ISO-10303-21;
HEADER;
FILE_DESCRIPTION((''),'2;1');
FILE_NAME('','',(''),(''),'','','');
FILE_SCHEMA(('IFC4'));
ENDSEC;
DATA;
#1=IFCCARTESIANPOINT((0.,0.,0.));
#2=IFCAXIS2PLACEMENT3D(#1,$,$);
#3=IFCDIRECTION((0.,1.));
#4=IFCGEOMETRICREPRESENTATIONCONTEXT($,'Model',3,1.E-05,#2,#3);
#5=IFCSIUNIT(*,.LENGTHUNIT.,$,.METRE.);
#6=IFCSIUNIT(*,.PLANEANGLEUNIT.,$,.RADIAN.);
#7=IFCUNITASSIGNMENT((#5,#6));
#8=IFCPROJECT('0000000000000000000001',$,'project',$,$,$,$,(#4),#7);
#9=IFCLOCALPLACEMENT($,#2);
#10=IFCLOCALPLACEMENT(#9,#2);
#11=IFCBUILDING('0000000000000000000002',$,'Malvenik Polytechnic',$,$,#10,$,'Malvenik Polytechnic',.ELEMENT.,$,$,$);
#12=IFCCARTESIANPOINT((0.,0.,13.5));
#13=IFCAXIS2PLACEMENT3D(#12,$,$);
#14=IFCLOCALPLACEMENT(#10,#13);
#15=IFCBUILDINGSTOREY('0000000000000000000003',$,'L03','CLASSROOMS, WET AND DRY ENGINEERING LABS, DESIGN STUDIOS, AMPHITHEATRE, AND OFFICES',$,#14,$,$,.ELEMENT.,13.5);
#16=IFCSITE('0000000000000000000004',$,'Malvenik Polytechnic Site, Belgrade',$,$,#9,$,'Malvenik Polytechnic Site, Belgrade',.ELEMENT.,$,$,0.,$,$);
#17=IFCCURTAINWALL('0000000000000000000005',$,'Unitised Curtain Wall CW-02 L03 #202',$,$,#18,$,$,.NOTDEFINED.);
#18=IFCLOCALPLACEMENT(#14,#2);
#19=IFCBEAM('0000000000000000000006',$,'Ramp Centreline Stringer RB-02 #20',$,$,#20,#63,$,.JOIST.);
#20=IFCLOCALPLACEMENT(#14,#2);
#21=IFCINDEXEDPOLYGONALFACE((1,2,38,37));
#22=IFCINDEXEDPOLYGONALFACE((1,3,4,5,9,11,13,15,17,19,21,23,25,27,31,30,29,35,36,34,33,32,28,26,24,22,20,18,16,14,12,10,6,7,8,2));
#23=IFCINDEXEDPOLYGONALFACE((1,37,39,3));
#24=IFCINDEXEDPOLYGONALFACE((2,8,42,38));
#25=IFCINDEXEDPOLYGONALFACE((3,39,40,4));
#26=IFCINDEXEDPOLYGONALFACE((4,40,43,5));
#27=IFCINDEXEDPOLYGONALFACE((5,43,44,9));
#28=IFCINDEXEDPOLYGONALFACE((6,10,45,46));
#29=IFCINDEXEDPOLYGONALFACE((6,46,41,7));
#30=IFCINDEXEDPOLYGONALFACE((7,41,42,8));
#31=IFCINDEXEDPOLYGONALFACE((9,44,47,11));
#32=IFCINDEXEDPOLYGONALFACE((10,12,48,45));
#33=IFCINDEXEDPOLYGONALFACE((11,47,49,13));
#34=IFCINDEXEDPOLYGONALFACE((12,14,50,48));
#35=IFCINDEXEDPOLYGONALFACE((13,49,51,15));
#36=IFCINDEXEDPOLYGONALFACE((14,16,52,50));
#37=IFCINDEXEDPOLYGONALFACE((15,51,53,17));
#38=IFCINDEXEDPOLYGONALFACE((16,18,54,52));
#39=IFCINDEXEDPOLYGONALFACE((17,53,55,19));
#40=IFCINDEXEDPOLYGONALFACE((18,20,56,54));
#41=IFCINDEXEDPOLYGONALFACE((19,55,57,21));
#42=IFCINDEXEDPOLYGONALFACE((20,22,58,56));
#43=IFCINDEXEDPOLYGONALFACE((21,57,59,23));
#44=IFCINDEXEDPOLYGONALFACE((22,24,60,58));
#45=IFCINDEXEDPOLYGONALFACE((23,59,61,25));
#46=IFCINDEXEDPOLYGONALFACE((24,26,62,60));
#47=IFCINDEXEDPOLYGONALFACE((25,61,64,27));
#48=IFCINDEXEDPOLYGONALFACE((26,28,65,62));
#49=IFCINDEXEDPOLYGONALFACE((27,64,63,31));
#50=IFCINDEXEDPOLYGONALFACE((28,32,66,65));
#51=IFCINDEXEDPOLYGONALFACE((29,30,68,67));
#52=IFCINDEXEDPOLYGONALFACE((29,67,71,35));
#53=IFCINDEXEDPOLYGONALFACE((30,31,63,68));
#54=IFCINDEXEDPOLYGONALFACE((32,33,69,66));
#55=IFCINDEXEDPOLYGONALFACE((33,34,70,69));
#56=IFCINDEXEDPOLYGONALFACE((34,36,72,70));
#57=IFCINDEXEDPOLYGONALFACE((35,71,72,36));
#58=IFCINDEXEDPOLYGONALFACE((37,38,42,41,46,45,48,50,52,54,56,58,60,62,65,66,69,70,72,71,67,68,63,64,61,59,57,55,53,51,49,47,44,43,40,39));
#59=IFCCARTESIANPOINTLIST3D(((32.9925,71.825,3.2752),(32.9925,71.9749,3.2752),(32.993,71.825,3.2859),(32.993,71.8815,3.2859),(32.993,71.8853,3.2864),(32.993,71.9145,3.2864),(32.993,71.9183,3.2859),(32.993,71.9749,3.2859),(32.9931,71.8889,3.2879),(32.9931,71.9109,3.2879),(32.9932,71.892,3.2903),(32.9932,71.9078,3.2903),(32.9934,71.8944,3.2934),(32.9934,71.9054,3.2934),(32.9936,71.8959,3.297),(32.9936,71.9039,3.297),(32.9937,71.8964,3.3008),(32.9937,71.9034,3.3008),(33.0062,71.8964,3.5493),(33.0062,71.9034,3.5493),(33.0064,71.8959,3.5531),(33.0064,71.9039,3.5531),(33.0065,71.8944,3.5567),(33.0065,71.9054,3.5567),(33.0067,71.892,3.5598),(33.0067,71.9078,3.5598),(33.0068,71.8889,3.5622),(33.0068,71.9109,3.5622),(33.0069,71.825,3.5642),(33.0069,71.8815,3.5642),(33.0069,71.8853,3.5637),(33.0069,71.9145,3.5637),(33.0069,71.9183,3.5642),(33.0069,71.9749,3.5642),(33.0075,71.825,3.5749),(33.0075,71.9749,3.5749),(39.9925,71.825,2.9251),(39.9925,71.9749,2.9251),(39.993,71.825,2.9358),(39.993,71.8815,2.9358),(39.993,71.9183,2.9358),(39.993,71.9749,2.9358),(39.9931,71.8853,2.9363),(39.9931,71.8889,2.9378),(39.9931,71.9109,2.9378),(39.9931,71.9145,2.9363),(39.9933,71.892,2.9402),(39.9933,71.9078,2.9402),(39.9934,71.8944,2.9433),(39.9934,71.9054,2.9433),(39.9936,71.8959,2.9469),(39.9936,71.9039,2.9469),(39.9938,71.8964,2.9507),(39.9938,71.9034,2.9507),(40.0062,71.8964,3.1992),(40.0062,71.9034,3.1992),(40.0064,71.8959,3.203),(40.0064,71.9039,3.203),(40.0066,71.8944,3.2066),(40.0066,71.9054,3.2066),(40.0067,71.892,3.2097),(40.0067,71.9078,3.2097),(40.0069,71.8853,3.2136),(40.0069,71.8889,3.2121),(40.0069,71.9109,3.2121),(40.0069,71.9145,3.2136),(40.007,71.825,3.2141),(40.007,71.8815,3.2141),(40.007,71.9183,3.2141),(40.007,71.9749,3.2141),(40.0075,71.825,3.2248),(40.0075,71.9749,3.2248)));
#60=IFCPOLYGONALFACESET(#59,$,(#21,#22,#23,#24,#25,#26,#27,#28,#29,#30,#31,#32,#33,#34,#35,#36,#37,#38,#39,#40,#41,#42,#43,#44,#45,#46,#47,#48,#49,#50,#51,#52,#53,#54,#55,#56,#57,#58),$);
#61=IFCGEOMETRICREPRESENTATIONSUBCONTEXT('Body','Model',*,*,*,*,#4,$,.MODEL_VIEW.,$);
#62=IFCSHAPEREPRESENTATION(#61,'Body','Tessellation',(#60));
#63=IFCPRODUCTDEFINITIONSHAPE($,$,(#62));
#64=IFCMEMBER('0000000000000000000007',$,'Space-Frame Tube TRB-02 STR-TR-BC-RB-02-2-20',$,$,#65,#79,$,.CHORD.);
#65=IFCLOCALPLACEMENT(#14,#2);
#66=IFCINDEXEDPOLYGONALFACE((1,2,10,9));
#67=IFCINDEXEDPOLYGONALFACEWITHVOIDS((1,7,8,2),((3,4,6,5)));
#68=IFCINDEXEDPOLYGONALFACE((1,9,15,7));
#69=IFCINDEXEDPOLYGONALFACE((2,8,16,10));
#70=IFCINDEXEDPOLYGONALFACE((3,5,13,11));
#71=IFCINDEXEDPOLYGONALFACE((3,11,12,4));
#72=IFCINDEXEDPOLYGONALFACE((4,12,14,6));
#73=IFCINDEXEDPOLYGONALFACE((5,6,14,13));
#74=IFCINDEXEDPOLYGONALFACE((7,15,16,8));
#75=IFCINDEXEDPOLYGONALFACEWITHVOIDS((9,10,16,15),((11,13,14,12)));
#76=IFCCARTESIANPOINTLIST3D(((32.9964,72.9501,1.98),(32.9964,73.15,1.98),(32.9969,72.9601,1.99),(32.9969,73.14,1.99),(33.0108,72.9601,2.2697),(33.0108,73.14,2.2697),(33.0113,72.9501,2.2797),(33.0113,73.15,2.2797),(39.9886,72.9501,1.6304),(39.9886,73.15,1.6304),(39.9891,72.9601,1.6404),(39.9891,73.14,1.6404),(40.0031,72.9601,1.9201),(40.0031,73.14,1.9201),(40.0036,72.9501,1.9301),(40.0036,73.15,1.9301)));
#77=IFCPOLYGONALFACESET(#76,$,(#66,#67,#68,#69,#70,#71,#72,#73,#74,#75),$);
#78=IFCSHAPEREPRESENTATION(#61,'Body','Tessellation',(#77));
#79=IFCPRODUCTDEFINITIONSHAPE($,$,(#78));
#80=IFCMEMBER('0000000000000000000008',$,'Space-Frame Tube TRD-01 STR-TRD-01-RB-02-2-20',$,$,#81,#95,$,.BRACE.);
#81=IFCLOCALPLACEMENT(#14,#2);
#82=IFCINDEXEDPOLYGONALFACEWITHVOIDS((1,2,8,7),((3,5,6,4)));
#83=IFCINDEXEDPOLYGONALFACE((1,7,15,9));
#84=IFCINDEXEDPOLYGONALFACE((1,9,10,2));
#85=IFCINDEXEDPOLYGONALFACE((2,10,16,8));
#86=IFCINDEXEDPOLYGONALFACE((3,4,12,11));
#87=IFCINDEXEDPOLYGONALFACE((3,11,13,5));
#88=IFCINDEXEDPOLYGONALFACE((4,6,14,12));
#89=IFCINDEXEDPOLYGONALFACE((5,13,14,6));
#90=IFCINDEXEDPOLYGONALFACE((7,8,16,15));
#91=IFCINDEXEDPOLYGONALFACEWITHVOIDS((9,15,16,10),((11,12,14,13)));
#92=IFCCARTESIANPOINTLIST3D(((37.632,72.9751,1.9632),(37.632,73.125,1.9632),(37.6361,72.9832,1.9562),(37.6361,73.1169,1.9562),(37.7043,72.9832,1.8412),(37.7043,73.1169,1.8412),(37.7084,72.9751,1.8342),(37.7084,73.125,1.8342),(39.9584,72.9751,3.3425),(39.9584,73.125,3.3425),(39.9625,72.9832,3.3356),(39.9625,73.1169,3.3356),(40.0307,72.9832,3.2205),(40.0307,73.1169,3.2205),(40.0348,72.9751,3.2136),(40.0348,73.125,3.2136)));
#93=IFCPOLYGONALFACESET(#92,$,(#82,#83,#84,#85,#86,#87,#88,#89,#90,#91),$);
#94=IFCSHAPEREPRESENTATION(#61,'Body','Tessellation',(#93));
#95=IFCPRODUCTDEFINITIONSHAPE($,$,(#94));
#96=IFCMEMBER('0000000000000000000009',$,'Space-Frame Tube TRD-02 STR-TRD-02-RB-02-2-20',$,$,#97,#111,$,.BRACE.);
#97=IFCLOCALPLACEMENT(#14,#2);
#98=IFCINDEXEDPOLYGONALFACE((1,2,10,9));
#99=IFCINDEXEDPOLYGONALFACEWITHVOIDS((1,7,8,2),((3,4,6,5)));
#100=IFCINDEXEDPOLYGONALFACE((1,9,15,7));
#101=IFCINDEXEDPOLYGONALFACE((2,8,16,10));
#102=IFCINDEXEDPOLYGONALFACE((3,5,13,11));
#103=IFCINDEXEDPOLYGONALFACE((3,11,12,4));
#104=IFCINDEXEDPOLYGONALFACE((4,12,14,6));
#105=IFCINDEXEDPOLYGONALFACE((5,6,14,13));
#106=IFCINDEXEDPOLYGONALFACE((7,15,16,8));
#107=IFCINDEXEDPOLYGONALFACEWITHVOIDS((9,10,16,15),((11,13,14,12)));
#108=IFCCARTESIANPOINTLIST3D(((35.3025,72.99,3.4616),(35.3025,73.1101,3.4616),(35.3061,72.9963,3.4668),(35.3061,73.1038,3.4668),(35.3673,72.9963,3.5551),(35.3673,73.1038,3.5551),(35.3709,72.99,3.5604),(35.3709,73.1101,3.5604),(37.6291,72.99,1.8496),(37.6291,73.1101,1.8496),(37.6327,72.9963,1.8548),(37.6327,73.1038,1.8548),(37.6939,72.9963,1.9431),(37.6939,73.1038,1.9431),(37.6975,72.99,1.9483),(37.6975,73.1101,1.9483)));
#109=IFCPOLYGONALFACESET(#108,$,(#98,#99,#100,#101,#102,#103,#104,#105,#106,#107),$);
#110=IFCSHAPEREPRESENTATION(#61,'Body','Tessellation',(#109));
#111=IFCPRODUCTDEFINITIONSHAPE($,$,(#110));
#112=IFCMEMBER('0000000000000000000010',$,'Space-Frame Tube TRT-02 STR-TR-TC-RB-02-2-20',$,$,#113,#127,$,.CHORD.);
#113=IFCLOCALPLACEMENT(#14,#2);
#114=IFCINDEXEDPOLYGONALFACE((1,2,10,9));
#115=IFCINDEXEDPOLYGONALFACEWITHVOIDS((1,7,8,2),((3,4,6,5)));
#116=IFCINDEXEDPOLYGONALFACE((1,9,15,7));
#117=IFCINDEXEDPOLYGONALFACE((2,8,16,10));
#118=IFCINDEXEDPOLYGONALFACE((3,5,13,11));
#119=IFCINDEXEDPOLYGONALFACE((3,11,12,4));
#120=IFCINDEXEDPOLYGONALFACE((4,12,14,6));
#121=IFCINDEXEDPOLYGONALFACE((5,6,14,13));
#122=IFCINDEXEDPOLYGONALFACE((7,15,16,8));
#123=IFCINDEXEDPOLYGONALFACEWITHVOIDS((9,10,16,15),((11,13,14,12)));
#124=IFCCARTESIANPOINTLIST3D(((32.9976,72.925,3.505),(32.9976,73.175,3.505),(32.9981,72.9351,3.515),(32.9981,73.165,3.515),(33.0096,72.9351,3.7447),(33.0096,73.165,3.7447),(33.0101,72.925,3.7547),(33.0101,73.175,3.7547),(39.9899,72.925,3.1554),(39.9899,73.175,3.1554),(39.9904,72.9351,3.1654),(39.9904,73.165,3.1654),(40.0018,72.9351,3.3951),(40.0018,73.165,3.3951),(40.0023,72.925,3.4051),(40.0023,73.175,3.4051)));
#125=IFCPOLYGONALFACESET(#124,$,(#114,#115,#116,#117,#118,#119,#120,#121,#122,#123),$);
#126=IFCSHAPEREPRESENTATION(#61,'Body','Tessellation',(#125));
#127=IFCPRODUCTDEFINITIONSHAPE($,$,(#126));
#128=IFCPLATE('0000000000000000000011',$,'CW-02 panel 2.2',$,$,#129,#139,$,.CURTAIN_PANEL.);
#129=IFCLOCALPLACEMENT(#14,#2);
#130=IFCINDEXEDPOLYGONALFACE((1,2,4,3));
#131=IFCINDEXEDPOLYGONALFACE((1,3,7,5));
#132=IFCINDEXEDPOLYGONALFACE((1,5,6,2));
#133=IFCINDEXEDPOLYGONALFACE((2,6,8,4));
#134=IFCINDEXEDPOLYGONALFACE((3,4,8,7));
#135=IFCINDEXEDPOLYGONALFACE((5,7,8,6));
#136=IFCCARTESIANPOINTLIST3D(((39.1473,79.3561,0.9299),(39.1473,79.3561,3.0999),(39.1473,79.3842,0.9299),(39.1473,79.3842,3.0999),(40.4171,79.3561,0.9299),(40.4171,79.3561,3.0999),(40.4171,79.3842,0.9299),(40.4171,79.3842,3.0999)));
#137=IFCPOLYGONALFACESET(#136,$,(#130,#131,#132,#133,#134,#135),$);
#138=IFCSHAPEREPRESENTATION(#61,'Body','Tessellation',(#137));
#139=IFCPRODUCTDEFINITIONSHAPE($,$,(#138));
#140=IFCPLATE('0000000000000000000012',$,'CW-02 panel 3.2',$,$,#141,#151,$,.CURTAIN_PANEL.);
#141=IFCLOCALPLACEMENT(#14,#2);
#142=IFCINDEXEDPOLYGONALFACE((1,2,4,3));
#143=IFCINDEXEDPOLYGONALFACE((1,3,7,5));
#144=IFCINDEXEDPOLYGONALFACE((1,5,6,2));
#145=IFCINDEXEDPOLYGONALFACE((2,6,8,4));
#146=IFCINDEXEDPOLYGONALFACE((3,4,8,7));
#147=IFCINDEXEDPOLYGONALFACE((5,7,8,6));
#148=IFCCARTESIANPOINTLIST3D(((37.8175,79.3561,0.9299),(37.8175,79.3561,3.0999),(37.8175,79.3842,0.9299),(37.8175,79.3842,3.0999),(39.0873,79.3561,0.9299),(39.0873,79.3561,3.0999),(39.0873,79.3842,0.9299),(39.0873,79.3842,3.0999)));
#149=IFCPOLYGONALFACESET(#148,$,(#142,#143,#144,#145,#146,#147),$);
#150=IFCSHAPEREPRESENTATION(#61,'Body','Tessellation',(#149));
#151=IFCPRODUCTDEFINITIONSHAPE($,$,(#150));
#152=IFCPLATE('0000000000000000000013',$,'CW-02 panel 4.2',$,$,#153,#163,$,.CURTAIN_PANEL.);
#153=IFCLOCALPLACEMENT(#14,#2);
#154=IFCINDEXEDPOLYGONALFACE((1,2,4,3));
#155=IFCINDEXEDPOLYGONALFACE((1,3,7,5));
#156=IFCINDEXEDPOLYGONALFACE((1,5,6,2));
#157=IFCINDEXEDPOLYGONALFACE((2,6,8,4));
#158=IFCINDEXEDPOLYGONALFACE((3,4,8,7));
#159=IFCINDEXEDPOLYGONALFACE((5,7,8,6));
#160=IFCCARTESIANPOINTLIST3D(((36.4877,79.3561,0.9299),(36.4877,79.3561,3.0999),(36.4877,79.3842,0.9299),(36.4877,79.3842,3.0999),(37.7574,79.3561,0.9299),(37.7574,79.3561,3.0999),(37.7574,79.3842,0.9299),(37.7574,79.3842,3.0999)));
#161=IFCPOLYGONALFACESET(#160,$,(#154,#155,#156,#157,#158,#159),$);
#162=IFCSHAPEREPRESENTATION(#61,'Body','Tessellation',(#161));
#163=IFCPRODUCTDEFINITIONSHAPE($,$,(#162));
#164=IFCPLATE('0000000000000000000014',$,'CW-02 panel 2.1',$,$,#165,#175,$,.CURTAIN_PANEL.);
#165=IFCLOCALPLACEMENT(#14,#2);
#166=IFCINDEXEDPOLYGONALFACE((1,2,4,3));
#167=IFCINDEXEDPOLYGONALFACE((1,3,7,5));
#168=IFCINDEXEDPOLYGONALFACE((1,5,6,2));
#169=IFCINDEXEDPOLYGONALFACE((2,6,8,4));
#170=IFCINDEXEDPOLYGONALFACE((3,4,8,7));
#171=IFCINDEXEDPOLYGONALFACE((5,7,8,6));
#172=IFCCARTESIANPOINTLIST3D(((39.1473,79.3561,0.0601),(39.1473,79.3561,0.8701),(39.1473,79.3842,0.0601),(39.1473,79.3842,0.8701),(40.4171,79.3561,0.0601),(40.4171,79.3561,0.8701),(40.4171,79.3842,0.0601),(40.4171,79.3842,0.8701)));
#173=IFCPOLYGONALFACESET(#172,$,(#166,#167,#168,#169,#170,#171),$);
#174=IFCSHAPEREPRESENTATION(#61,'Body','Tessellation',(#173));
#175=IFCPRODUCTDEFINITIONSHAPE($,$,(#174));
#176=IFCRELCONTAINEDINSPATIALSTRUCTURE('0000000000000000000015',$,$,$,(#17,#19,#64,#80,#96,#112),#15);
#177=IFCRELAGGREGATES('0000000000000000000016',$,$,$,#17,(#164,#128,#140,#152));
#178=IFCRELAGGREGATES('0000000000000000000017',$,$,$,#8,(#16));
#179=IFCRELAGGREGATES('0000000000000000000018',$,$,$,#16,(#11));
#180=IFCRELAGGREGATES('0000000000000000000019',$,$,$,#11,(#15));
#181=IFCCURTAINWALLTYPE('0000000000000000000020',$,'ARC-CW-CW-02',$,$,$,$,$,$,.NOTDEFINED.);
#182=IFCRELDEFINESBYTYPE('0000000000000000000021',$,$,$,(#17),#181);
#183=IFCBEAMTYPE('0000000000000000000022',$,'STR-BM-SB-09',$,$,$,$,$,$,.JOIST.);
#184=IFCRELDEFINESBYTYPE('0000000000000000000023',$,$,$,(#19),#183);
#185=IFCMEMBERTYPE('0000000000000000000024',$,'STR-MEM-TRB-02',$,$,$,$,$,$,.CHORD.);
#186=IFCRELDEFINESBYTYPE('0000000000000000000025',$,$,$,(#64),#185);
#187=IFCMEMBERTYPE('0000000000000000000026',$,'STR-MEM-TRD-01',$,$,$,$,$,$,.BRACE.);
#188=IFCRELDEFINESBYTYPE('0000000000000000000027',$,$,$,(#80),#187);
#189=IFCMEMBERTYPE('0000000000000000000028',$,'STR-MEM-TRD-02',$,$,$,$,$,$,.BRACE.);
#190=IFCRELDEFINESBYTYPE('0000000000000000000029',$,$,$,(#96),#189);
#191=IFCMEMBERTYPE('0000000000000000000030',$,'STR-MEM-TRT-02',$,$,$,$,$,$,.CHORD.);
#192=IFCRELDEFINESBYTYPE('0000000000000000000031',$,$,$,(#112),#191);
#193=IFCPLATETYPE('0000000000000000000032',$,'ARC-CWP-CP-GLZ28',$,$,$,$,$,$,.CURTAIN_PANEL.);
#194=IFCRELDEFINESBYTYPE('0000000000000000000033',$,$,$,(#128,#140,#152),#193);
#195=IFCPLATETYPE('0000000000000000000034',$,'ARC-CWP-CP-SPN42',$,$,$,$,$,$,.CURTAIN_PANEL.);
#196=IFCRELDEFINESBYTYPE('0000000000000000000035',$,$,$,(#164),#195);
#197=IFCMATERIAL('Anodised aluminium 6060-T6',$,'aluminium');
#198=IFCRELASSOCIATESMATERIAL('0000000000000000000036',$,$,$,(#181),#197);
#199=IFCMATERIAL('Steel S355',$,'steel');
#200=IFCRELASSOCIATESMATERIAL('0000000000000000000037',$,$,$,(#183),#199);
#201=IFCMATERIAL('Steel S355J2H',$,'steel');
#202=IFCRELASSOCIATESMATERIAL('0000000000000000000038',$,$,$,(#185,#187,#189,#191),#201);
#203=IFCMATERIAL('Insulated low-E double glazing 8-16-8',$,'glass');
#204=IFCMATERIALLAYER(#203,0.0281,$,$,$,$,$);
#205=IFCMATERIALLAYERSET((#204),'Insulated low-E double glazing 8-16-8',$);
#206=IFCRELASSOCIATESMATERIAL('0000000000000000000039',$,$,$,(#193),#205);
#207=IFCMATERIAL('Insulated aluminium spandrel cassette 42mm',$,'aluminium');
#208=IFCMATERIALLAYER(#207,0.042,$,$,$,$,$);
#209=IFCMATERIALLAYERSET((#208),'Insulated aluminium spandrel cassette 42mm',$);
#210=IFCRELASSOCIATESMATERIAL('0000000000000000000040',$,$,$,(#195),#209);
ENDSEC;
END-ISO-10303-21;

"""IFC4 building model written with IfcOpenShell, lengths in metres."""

from ifc_helpers import new_model, si_unit, direction, frame, origin, origin_2d, place, context, subcontext, project, spatial, rectangle, hollow_rectangle, i_section, extrude, material, layer, layer_set, material_profile, profile_set, type_object, element, aggregate, save


model = new_model("IFC4")

# Units and contexts
model_context = context("Model", 3, precision=1e-05, world=origin(), true_north=direction((0.0, 1.0)))
body_context = subcontext(model_context, "Body", "Model", "MODEL_VIEW")
ifc_project = project(units=[si_unit("LENGTHUNIT", "METRE"), si_unit("PLANEANGLEUNIT", "RADIAN")], contexts=[model_context])

# Site, building, storey
site_placement = place(None, origin())
site = spatial("IfcSite", under=ifc_project, at=site_placement, Name="Malvenik Polytechnic Site, Belgrade", LongName="Malvenik Polytechnic Site, Belgrade", CompositionType="ELEMENT", RefElevation=0.0)
building_placement = place(site_placement, origin())
building = spatial("IfcBuilding", under=site, at=building_placement, Name="Malvenik Polytechnic", LongName="Malvenik Polytechnic", CompositionType="ELEMENT")
storey_placement = place(building_placement, frame((0.0, 0.0, 13.5)))
storey = spatial("IfcBuildingStorey", under=building, at=storey_placement, Name="L03", Description="CLASSROOMS, WET AND DRY ENGINEERING LABS, DESIGN STUDIOS, AMPHITHEATRE, AND OFFICES", CompositionType="ELEMENT", Elevation=13.5)

# Curtain wall
ifc_material_1 = material(Name="Anodised aluminium 6060-T6", Category="aluminium")
curtain_wall_type = type_object("IfcCurtainWallType", Name="ARC-CW-CW-02", PredefinedType="NOTDEFINED", material=ifc_material_1)
curtain_wall_placement = place(storey_placement, origin())
curtain_wall = element("IfcCurtainWall", 1, at=curtain_wall_placement, inside=storey, type_object=curtain_wall_type, Name="Unitised Curtain Wall CW-02 L03 #202", PredefinedType="NOTDEFINED")

# Beam
ifc_material_2 = material(Name="Steel S355", Category="steel")
ifc_material_profile_1 = material_profile(ifc_material_2, i_section(OverallWidth=0.1499, OverallDepth=0.3, WebThickness=0.0071, FlangeThickness=0.0107, FilletRadius=0.0149, at=origin_2d()), Name="IPE 300")
ifc_profile_set_1 = profile_set([ifc_material_profile_1], Name="Steel S355")
beam_type_1 = type_object("IfcBeamType", Name="STR-BM-SB-09", PredefinedType="JOIST", material=ifc_profile_set_1)
beam_1_placement = place(storey_placement, frame((40.0, 71.8999, 3.075), z_axis=(-0.998752, 0.0, 0.049952), x_axis=(0.0, -1.0, 0.0)))
element("IfcBeam", 2, at=beam_1_placement, inside=storey, type_object=beam_type_1, Name="Ramp Centreline Stringer RB-02 #20", PredefinedType="JOIST", context=body_context, shape_type="SweptSolid", body=[
    extrude(i_section(OverallWidth=0.1499, OverallDepth=0.3, WebThickness=0.0071, FlangeThickness=0.0107, FilletRadius=0.0149, at=origin_2d()), origin(), (0.0, 0.0, 1.0), 7.0088),
])

# Members
ifc_material_3 = material(Name="Steel S355J2H", Category="steel")
ifc_material_profile_2 = material_profile(ifc_material_3, hollow_rectangle(XDim=0.2, YDim=0.3, WallThickness=0.01, at=origin_2d()), Name="RHS 300x200x10.0")
ifc_profile_set_2 = profile_set([ifc_material_profile_2], Name="Steel S355J2H")
member_type_1 = type_object("IfcMemberType", Name="STR-MEM-TRB-02", PredefinedType="CHORD", material=ifc_profile_set_2)
member_1_placement = place(storey_placement, frame((39.9961, 73.05, 1.7803), z_axis=(-0.998752, 0.0, 0.049938), x_axis=(0.0, -1.0, 0.0)))
element("IfcMember", 3, at=member_1_placement, inside=storey, type_object=member_type_1, Name="Space-Frame Tube TRB-02 STR-TR-BC-RB-02-2-20", PredefinedType="CHORD", context=body_context, shape_type="SweptSolid", body=[
    extrude(hollow_rectangle(XDim=0.2, YDim=0.3, WallThickness=0.01, at=origin_2d()), origin(), (0.0, 0.0, 1.0), 7.001),
])
ifc_material_profile_3 = material_profile(ifc_material_3, hollow_rectangle(XDim=0.1499, YDim=0.1499, WallThickness=0.0081, at=origin_2d()), Name="SHS 150x150x8.0")
ifc_profile_set_3 = profile_set([ifc_material_profile_3], Name="Steel S355J2H")
member_type_2 = type_object("IfcMemberType", Name="STR-MEM-TRD-01", PredefinedType="BRACE", material=ifc_profile_set_3)
member_2_placement = place(storey_placement, frame((39.9966, 73.05, 3.2781), z_axis=(-0.860165, 0.0, -0.510015), x_axis=(0.0, -1.0, 0.0)))
element("IfcMember", 4, at=member_2_placement, inside=storey, type_object=member_type_2, Name="Space-Frame Tube TRD-01 STR-TRD-01-RB-02-2-20", PredefinedType="BRACE", context=body_context, shape_type="SweptSolid", body=[
    extrude(hollow_rectangle(XDim=0.1499, YDim=0.1499, WallThickness=0.0081, at=origin_2d()), origin(), (0.0, 0.0, 1.0), 2.7046),
])
ifc_material_profile_4 = material_profile(ifc_material_3, hollow_rectangle(XDim=0.1201, YDim=0.1201, WallThickness=0.0063, at=origin_2d()), Name="SHS 120x120x6.3")
ifc_profile_set_4 = profile_set([ifc_material_profile_4], Name="Steel S355J2H")
member_type_3 = type_object("IfcMemberType", Name="STR-MEM-TRD-02", PredefinedType="BRACE", material=ifc_profile_set_4)
member_3_placement = place(storey_placement, frame((37.6633, 73.05, 1.8989), z_axis=(-0.821978, 0.0, 0.569519), x_axis=(0.0, -1.0, 0.0)))
element("IfcMember", 5, at=member_3_placement, inside=storey, type_object=member_type_3, Name="Space-Frame Tube TRD-02 STR-TRD-02-RB-02-2-20", PredefinedType="BRACE", context=body_context, shape_type="SweptSolid", body=[
    extrude(hollow_rectangle(XDim=0.1201, YDim=0.1201, WallThickness=0.0063, at=origin_2d()), origin(), (0.0, 0.0, 1.0), 2.8306),
])
ifc_material_profile_5 = material_profile(ifc_material_3, hollow_rectangle(XDim=0.25, YDim=0.25, WallThickness=0.01, at=origin_2d()), Name="SHS 250x250x10.0")
ifc_profile_set_5 = profile_set([ifc_material_profile_5], Name="Steel S355J2H")
member_type_4 = type_object("IfcMemberType", Name="STR-MEM-TRT-02", PredefinedType="CHORD", material=ifc_profile_set_5)
member_4_placement = place(storey_placement, frame((39.9961, 73.05, 3.2803), z_axis=(-0.998752, 0.0, 0.049938), x_axis=(0.0, -1.0, 0.0)))
element("IfcMember", 6, at=member_4_placement, inside=storey, type_object=member_type_4, Name="Space-Frame Tube TRT-02 STR-TR-TC-RB-02-2-20", PredefinedType="CHORD", context=body_context, shape_type="SweptSolid", body=[
    extrude(hollow_rectangle(XDim=0.25, YDim=0.25, WallThickness=0.01, at=origin_2d()), origin(), (0.0, 0.0, 1.0), 7.001),
])

# Plates
ifc_material_4 = material(Name="Insulated low-E double glazing 8-16-8", Category="glass")
ifc_layer_1 = layer(ifc_material_4, 0.0281)
ifc_layer_set_1 = layer_set([ifc_layer_1], Name="Insulated low-E double glazing 8-16-8")
plate_type_1 = type_object("IfcPlateType", Name="ARC-CWP-CP-GLZ28", PredefinedType="CURTAIN_PANEL", material=ifc_layer_set_1)
plate_1_placement = place(storey_placement, frame((39.7822, 79.3701, 0.9299), z_axis=(0.0, 0.0, 1.0), x_axis=(-1.0, 0.0, 0.0)))
plate_1 = element("IfcPlate", 7, at=plate_1_placement, type_object=plate_type_1, Name="CW-02 panel 2.2", PredefinedType="CURTAIN_PANEL", context=body_context, shape_type="SweptSolid", body=[
    extrude(rectangle(XDim=1.2698, YDim=0.0281, at=origin_2d()), origin(), (0.0, 0.0, 1.0), 2.1699),
])
plate_2_placement = place(storey_placement, frame((38.4524, 79.3701, 0.9299), z_axis=(0.0, 0.0, 1.0), x_axis=(-1.0, 0.0, 0.0)))
plate_2 = element("IfcPlate", 8, at=plate_2_placement, type_object=plate_type_1, Name="CW-02 panel 3.2", PredefinedType="CURTAIN_PANEL", context=body_context, shape_type="SweptSolid", body=[
    extrude(rectangle(XDim=1.2698, YDim=0.0281, at=origin_2d()), origin(), (0.0, 0.0, 1.0), 2.1699),
])
plate_3_placement = place(storey_placement, frame((37.1226, 79.3701, 0.9299), z_axis=(0.0, 0.0, 1.0), x_axis=(-1.0, 0.0, 0.0)))
plate_3 = element("IfcPlate", 9, at=plate_3_placement, type_object=plate_type_1, Name="CW-02 panel 4.2", PredefinedType="CURTAIN_PANEL", context=body_context, shape_type="SweptSolid", body=[
    extrude(rectangle(XDim=1.2698, YDim=0.0281, at=origin_2d()), origin(), (0.0, 0.0, 1.0), 2.1699),
])
ifc_material_5 = material(Name="Insulated aluminium spandrel cassette 42mm", Category="aluminium")
ifc_layer_2 = layer(ifc_material_5, 0.042)
ifc_layer_set_2 = layer_set([ifc_layer_2], Name="Insulated aluminium spandrel cassette 42mm")
plate_type_2 = type_object("IfcPlateType", Name="ARC-CWP-CP-SPN42", PredefinedType="CURTAIN_PANEL", material=ifc_layer_set_2)
plate_4_placement = place(storey_placement, frame((39.7822, 79.3701, 0.0601), z_axis=(0.0, 0.0, 1.0), x_axis=(-1.0, 0.0, 0.0)))
plate_4 = element("IfcPlate", 10, at=plate_4_placement, type_object=plate_type_2, Name="CW-02 panel 2.1", PredefinedType="CURTAIN_PANEL", context=body_context, shape_type="SweptSolid", body=[
    extrude(rectangle(XDim=1.2698, YDim=0.0281, at=origin_2d()), origin(), (0.0, 0.0, 1.0), 0.8101),
])
aggregate(curtain_wall, [plate_4, plate_1, plate_2, plate_3])

save(model, "model.ifc")
